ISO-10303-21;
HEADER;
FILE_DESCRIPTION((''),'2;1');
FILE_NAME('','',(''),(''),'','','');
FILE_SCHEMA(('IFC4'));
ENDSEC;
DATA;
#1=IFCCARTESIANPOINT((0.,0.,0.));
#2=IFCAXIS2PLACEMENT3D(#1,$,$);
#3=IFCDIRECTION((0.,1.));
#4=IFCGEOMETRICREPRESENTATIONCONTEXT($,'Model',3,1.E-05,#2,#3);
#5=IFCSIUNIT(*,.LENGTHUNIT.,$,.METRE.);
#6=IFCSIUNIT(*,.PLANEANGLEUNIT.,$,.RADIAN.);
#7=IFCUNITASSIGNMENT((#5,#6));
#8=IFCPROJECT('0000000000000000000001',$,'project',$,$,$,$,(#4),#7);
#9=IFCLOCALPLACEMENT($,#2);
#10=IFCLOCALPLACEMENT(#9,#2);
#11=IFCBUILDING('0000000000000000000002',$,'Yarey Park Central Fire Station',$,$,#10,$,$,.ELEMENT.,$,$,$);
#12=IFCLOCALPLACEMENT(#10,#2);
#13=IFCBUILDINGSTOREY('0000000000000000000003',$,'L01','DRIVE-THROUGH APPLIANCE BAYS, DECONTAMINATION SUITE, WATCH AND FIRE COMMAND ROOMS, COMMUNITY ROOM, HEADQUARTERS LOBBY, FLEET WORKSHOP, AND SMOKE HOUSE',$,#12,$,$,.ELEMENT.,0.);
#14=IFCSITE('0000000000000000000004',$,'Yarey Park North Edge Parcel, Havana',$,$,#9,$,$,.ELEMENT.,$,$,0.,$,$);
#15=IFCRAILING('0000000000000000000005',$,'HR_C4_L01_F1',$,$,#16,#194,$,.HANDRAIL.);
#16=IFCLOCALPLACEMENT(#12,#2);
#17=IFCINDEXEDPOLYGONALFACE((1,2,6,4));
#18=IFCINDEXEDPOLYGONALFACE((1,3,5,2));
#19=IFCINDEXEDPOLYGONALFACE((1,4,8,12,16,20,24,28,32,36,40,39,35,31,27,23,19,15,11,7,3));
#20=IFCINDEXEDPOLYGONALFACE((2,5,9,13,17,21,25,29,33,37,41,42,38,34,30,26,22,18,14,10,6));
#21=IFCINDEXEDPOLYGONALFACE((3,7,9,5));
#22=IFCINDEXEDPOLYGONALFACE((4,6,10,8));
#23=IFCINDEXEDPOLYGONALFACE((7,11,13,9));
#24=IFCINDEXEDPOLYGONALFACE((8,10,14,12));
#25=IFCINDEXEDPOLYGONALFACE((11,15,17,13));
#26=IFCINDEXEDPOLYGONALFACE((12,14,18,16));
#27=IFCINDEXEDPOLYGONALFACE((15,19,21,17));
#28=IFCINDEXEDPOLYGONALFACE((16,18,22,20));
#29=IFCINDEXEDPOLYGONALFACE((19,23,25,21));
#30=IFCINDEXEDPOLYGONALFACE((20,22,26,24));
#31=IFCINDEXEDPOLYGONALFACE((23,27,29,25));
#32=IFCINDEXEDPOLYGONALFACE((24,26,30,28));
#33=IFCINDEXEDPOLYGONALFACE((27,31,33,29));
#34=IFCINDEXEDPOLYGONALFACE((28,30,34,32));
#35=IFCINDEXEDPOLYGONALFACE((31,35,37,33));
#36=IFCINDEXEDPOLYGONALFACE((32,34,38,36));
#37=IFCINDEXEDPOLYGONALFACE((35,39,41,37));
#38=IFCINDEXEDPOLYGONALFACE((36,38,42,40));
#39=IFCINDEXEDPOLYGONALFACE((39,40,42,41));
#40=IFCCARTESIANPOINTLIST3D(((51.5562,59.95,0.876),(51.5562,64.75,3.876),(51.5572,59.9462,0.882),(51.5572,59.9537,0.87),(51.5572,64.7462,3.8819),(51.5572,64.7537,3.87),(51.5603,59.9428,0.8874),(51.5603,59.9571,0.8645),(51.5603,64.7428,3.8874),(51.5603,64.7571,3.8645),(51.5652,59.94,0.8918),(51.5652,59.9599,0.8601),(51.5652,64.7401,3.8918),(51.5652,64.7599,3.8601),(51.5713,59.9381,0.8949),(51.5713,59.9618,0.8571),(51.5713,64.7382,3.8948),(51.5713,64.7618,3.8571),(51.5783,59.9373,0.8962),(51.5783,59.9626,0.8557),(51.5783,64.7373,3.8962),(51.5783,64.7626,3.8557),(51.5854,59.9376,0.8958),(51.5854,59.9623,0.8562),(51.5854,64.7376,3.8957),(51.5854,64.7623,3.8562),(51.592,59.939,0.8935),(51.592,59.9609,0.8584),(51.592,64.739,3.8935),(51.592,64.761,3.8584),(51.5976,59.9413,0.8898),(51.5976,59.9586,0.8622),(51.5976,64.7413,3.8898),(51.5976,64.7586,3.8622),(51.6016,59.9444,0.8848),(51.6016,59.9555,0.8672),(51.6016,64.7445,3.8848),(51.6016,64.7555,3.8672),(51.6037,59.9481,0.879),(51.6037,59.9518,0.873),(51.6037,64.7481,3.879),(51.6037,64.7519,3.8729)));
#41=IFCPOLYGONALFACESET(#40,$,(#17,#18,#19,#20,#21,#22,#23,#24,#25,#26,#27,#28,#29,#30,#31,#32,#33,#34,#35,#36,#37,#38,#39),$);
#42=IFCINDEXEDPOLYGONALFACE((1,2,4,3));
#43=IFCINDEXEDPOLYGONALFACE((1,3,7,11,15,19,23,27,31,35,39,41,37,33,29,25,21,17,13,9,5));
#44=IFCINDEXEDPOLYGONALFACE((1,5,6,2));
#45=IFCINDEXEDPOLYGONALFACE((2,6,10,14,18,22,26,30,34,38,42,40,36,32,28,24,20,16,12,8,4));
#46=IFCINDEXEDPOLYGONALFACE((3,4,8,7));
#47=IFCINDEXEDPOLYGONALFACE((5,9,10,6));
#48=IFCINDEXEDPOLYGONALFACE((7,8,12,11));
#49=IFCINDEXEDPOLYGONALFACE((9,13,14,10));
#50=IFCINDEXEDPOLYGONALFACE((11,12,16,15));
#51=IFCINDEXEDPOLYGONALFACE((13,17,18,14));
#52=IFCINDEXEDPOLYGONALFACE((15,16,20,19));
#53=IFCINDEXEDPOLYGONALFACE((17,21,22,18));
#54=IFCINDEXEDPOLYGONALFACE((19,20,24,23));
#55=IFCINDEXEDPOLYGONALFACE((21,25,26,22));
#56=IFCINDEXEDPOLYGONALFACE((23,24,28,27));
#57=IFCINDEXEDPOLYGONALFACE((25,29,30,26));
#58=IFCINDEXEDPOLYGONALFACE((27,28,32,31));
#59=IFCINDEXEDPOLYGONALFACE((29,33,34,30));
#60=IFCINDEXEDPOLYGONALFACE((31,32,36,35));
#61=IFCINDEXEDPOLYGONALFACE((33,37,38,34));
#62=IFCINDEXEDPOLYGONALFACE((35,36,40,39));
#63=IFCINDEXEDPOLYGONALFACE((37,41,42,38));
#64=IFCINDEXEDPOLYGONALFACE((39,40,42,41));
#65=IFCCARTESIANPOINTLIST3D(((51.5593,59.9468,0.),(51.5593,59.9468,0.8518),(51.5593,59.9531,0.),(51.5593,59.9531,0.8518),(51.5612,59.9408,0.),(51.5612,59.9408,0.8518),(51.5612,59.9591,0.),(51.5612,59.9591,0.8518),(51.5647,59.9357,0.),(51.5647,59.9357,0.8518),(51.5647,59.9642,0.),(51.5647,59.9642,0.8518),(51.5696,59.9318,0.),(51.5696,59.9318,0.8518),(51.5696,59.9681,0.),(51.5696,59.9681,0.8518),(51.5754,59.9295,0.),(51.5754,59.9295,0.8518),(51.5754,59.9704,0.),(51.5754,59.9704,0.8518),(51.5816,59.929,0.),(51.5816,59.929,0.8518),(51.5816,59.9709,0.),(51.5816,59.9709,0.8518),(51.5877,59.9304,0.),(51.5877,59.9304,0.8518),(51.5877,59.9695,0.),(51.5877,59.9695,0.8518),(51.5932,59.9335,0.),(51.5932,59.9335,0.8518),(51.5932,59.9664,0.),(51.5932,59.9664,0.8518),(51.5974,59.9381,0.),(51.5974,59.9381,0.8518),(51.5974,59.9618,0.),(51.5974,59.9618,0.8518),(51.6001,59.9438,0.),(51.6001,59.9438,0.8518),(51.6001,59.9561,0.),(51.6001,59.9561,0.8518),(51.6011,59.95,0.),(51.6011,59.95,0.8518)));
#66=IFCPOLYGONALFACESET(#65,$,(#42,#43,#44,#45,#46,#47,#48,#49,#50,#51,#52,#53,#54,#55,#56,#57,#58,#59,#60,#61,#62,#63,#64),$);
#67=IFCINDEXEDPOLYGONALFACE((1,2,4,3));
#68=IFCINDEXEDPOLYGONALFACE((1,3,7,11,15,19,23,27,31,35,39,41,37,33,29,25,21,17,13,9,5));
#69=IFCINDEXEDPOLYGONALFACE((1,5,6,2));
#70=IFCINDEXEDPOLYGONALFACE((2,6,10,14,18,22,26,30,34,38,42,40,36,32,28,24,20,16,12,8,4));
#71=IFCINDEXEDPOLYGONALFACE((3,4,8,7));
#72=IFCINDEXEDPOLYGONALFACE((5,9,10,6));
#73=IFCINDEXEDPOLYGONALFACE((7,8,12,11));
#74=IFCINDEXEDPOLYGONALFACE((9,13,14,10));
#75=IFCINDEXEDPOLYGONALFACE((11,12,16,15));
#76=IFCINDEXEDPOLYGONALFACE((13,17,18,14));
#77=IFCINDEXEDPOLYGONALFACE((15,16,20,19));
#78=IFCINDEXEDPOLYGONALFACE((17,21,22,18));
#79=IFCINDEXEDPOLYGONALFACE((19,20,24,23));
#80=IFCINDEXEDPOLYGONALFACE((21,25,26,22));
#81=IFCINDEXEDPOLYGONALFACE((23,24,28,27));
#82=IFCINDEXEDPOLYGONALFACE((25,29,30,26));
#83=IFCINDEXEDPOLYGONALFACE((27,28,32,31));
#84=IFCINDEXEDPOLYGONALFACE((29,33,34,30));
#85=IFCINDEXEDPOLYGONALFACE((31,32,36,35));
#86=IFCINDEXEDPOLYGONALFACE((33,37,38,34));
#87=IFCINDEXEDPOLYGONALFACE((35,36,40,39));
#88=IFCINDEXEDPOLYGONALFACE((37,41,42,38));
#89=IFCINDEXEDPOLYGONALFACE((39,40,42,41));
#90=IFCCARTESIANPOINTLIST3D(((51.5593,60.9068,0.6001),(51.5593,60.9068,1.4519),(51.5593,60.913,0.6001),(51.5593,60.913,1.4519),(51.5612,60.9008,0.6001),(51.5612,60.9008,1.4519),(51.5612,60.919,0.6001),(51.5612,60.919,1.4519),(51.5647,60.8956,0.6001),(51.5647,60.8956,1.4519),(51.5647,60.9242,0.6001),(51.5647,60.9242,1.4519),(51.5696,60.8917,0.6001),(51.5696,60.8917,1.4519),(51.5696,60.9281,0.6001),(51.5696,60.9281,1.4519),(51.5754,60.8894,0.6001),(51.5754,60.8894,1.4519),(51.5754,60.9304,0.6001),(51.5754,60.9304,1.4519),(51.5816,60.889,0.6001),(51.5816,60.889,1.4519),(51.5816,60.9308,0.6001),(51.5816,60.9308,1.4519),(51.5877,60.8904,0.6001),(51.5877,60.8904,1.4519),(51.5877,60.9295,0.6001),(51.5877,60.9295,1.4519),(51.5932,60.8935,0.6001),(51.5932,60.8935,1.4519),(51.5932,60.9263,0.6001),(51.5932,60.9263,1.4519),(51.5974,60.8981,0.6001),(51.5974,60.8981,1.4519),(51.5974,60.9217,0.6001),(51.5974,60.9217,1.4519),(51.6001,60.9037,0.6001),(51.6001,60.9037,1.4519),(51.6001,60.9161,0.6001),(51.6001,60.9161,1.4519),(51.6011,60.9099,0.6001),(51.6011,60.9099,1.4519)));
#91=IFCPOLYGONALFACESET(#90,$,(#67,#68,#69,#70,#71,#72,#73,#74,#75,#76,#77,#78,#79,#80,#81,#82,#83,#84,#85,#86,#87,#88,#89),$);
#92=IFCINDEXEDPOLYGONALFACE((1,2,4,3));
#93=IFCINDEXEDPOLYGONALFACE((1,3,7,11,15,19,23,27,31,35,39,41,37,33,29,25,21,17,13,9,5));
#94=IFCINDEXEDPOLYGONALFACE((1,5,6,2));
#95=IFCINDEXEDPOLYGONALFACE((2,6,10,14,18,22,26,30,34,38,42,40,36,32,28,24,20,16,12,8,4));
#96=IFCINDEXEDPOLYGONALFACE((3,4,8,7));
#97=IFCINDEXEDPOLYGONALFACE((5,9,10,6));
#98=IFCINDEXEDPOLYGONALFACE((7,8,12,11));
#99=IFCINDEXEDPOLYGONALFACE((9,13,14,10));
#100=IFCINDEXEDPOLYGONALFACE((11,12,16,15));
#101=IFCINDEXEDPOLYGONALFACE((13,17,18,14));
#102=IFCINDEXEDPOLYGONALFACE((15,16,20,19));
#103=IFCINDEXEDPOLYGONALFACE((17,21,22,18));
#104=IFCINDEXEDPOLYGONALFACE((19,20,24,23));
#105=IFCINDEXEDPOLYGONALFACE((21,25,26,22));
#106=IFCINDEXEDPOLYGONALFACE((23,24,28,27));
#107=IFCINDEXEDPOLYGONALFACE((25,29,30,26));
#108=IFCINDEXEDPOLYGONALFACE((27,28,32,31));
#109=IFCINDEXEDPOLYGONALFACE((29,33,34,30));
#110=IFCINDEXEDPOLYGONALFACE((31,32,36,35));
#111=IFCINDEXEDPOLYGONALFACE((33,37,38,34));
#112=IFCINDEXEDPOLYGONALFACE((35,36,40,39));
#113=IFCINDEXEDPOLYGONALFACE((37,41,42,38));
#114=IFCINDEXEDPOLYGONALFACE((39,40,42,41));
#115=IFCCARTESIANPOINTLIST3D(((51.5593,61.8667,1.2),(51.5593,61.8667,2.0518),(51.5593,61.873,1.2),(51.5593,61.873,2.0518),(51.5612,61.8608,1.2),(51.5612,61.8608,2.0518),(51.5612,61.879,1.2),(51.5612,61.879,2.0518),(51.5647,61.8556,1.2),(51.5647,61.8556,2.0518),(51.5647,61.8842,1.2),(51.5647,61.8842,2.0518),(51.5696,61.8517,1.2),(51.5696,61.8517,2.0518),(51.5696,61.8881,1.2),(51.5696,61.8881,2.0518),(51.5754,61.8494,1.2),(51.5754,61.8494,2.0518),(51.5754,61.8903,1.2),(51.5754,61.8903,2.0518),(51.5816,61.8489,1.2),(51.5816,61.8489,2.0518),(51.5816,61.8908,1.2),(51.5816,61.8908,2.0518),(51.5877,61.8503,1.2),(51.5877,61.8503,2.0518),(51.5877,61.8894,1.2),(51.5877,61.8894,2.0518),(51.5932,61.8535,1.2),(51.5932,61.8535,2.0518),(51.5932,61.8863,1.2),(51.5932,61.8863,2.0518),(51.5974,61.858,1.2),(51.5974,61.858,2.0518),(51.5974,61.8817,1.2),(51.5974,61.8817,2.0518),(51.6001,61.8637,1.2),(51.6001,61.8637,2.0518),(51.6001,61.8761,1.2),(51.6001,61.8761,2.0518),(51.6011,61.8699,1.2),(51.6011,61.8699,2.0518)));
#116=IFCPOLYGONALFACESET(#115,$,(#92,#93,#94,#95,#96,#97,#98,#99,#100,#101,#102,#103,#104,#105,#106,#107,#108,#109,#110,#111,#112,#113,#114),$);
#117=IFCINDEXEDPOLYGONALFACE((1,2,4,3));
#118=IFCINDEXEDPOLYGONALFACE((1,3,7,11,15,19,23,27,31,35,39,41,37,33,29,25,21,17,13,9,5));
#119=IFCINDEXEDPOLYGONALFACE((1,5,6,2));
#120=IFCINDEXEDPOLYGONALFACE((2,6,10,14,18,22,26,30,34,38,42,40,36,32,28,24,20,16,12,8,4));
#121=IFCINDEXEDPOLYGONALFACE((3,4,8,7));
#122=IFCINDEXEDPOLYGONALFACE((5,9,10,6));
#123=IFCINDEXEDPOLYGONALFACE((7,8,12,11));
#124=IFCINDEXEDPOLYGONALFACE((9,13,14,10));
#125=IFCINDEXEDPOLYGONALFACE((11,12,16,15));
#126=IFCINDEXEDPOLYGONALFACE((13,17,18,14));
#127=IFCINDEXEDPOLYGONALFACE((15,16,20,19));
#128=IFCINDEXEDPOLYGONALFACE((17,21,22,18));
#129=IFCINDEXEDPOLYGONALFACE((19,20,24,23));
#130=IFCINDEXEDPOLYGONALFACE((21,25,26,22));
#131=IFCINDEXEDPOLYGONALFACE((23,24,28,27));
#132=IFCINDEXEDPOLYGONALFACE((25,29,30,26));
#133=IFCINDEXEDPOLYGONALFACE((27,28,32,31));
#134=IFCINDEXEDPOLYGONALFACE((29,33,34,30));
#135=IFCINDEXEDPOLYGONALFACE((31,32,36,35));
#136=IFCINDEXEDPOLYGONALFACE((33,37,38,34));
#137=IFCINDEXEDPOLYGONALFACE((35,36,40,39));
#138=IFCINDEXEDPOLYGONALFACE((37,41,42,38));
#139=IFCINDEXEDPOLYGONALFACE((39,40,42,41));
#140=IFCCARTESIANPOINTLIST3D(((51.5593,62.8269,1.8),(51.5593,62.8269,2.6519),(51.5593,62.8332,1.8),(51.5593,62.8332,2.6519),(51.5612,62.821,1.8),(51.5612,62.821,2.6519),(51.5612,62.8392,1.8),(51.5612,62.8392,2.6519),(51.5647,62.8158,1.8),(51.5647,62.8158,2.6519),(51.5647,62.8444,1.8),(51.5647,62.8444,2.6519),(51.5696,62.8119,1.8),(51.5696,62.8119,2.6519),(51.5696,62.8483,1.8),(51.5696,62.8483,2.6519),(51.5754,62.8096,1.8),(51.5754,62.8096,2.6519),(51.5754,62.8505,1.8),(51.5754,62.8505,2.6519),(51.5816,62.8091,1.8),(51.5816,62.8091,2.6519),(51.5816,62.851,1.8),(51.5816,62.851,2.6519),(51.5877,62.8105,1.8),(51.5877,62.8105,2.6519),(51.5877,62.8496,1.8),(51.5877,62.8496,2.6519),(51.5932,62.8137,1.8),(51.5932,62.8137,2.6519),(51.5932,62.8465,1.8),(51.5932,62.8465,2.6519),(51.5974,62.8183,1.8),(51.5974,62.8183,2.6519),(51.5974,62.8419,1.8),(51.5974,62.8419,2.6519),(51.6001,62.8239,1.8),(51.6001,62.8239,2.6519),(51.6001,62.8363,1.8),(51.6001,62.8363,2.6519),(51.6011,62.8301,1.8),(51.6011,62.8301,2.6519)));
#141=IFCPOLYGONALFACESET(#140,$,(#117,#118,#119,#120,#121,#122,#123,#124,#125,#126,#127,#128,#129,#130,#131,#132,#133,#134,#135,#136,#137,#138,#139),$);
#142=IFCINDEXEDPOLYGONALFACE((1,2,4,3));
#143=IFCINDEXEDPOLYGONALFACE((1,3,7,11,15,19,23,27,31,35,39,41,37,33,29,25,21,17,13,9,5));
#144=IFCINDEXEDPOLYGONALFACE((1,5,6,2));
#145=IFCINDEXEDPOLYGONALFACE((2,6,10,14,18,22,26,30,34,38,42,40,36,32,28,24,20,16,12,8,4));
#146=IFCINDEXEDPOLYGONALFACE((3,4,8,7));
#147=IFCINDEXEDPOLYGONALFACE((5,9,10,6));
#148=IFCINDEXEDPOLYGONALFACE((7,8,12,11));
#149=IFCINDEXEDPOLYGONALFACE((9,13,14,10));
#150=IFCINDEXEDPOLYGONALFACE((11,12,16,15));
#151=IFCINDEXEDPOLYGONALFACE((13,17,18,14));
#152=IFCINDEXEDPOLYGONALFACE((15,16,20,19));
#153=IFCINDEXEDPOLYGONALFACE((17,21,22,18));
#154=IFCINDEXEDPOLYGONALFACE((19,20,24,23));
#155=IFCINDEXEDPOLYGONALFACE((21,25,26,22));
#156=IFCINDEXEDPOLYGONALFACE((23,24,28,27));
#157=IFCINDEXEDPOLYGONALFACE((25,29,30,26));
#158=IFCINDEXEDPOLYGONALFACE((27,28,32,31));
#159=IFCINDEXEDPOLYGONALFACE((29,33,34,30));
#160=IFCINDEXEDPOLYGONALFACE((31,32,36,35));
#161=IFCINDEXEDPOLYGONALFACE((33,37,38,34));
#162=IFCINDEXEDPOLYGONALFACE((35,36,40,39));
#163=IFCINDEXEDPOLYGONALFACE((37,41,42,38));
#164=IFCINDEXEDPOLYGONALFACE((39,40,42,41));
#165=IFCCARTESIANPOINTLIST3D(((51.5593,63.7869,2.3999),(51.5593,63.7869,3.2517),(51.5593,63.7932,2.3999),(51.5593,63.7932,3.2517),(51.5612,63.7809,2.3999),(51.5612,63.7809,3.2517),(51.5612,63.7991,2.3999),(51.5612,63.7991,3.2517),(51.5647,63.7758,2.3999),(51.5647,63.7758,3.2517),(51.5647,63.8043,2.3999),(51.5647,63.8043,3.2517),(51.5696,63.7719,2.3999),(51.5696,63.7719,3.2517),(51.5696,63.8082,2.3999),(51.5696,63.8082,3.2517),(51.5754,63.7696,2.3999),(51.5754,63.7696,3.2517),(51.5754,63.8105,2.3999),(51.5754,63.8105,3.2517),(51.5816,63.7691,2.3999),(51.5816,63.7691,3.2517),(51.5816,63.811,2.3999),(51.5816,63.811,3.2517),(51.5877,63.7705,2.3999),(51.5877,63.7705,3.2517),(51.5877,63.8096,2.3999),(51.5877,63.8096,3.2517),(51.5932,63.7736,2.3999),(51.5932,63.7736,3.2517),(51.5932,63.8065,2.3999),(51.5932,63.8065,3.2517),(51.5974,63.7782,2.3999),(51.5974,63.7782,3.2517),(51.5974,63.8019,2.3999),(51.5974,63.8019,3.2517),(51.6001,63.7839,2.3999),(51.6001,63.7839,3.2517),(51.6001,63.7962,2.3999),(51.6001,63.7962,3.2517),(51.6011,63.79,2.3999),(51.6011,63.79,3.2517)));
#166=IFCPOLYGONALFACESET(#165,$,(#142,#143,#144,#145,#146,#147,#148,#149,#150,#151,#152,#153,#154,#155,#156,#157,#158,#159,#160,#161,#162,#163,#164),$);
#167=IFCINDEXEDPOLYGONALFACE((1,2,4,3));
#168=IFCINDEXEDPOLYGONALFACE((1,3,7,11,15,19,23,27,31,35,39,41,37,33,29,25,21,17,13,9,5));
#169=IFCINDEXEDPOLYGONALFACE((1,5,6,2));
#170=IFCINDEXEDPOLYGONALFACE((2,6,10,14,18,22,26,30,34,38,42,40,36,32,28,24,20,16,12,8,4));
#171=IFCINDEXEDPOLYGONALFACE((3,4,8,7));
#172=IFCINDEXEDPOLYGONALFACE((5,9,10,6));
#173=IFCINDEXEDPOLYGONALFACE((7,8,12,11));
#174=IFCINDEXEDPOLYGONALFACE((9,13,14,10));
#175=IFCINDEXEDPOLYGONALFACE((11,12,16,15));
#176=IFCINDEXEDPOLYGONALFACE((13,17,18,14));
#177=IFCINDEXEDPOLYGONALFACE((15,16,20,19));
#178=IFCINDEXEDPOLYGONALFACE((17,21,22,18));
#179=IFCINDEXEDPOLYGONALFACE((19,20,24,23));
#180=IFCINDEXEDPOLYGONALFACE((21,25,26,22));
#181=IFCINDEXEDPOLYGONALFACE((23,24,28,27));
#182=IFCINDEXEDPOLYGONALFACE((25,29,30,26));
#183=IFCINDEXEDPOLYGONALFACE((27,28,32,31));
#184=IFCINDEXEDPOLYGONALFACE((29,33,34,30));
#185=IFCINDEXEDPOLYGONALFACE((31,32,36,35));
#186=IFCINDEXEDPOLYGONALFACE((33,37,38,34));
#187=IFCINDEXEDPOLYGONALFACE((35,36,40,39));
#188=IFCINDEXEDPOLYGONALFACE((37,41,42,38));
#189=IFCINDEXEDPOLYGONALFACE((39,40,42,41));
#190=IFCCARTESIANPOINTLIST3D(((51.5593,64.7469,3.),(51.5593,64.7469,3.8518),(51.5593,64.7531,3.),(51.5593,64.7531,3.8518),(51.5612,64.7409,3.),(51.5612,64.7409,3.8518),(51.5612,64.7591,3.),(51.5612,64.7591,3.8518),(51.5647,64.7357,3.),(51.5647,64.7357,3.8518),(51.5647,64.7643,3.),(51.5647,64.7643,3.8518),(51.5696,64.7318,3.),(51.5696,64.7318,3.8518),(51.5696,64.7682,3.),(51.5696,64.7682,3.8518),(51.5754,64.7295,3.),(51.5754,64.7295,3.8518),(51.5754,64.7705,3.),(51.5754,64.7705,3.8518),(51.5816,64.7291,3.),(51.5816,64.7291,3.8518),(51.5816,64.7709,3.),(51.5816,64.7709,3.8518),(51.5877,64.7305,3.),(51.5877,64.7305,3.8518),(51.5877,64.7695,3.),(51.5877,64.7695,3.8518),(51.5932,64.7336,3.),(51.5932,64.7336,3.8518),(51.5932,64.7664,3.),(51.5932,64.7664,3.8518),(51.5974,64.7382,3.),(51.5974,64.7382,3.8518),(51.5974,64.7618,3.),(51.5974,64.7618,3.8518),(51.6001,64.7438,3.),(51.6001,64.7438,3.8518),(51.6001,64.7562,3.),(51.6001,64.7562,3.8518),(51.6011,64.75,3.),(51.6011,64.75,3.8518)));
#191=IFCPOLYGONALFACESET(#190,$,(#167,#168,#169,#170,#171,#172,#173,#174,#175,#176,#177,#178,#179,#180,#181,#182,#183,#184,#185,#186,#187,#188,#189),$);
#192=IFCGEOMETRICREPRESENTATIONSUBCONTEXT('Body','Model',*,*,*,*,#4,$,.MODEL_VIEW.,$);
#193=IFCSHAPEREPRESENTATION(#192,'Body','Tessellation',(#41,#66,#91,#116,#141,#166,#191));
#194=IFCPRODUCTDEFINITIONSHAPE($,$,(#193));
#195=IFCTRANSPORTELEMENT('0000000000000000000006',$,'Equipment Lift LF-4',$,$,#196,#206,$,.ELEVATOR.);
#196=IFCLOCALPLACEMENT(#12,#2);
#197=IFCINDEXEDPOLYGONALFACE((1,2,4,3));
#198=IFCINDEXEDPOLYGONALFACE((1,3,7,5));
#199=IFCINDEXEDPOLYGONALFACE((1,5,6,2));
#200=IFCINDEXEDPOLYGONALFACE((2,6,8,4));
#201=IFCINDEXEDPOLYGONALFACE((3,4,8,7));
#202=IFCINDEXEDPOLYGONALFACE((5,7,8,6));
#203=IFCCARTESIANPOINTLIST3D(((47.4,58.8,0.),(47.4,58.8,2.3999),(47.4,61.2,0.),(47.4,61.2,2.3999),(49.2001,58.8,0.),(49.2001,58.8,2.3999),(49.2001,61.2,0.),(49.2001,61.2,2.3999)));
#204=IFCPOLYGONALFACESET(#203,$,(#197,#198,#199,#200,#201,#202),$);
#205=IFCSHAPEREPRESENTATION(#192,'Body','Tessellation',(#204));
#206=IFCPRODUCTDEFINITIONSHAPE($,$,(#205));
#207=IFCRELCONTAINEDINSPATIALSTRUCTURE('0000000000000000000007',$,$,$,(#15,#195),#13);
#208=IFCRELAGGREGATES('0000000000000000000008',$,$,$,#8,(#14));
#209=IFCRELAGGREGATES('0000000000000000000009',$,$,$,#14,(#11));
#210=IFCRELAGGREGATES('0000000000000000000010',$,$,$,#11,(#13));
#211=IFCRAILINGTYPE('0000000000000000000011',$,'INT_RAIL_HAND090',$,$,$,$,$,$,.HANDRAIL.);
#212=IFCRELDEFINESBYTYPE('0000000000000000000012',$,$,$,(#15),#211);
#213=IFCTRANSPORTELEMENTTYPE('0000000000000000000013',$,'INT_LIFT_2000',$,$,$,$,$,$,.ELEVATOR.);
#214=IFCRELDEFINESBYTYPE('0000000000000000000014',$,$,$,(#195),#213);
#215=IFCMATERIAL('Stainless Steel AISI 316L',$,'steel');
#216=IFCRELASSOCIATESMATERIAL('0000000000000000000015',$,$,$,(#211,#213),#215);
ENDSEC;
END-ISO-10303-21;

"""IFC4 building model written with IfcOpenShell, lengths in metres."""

from ifc_helpers import new_model, si_unit, direction, frame, origin, origin_2d, place, context, subcontext, project, spatial, rectangle, circle, extrude, material, type_object, element, save


model = new_model("IFC4")

# Units and contexts
model_context = context("Model", 3, precision=1e-05, world=origin(), true_north=direction((0.0, 1.0)))
body_context = subcontext(model_context, "Body", "Model", "MODEL_VIEW")
ifc_project = project(units=[si_unit("LENGTHUNIT", "METRE"), si_unit("PLANEANGLEUNIT", "RADIAN")], contexts=[model_context])

# Site, building, storey
site_placement = place(None, origin())
site = spatial("IfcSite", under=ifc_project, at=site_placement, Name="Yarey Park North Edge Parcel, Havana", CompositionType="ELEMENT", RefElevation=0.0)
building_placement = place(site_placement, origin())
building = spatial("IfcBuilding", under=site, at=building_placement, Name="Yarey Park Central Fire Station", CompositionType="ELEMENT")
storey_placement = place(building_placement, origin())
storey = spatial("IfcBuildingStorey", under=building, at=storey_placement, Name="L01", Description="DRIVE-THROUGH APPLIANCE BAYS, DECONTAMINATION SUITE, WATCH AND FIRE COMMAND ROOMS, COMMUNITY ROOM, HEADQUARTERS LOBBY, FLEET WORKSHOP, AND SMOKE HOUSE", CompositionType="ELEMENT", Elevation=0.0)

# Shared definitions
ifc_material_1 = material(Name="Stainless Steel AISI 316L", Category="steel")

# Railing
railing_type_1 = type_object("IfcRailingType", Name="INT_RAIL_HAND090", PredefinedType="HANDRAIL", material=ifc_material_1)
railing_1_placement = place(storey_placement, frame((51.5801, 59.95, 0.0)))
element("IfcRailing", 1, at=railing_1_placement, inside=storey, type_object=railing_type_1, Name="HR_C4_L01_F1", PredefinedType="HANDRAIL", context=body_context, shape_type="SweptSolid", body=[
    extrude(circle(Radius=0.0239, at=origin_2d()), frame((0.0, 0.0, 0.876), z_axis=(0.0, 0.848001, 0.529995), x_axis=(-1.0, 0.0, 0.0)), (0.0, 0.0, 1.0), 5.6604),
    extrude(circle(Radius=0.021, at=origin_2d()), origin(), (0.0, 0.0, 1.0), 0.8518),
    extrude(circle(Radius=0.021, at=origin_2d()), frame((0.0, 0.96, 0.6001)), (0.0, 0.0, 1.0), 0.8518),
    extrude(circle(Radius=0.021, at=origin_2d()), frame((0.0, 1.9199, 1.2)), (0.0, 0.0, 1.0), 0.8518),
    extrude(circle(Radius=0.021, at=origin_2d()), frame((0.0, 2.8801, 1.8)), (0.0, 0.0, 1.0), 0.8518),
    extrude(circle(Radius=0.021, at=origin_2d()), frame((0.0, 3.8401, 2.3999)), (0.0, 0.0, 1.0), 0.8518),
    extrude(circle(Radius=0.021, at=origin_2d()), frame((0.0, 4.8, 3.0)), (0.0, 0.0, 1.0), 0.8518),
])

# Transport element
transport_element_type = type_object("IfcTransportElementType", Name="INT_LIFT_2000", PredefinedType="ELEVATOR", material=ifc_material_1)
transport_element_placement = place(storey_placement, frame((48.3, 60.0, 0.0), z_axis=(0.0, 0.0, 1.0), x_axis=(1.0, 0.0, 0.0)))
element("IfcTransportElement", 2, at=transport_element_placement, inside=storey, type_object=transport_element_type, Name="Equipment Lift LF-4", PredefinedType="ELEVATOR", context=body_context, shape_type="SweptSolid", body=[
    extrude(rectangle(XDim=1.8, YDim=2.3999, at=origin_2d()), origin(), (0.0, 0.0, 1.0), 2.3999),
])

save(model, "model.ifc")
